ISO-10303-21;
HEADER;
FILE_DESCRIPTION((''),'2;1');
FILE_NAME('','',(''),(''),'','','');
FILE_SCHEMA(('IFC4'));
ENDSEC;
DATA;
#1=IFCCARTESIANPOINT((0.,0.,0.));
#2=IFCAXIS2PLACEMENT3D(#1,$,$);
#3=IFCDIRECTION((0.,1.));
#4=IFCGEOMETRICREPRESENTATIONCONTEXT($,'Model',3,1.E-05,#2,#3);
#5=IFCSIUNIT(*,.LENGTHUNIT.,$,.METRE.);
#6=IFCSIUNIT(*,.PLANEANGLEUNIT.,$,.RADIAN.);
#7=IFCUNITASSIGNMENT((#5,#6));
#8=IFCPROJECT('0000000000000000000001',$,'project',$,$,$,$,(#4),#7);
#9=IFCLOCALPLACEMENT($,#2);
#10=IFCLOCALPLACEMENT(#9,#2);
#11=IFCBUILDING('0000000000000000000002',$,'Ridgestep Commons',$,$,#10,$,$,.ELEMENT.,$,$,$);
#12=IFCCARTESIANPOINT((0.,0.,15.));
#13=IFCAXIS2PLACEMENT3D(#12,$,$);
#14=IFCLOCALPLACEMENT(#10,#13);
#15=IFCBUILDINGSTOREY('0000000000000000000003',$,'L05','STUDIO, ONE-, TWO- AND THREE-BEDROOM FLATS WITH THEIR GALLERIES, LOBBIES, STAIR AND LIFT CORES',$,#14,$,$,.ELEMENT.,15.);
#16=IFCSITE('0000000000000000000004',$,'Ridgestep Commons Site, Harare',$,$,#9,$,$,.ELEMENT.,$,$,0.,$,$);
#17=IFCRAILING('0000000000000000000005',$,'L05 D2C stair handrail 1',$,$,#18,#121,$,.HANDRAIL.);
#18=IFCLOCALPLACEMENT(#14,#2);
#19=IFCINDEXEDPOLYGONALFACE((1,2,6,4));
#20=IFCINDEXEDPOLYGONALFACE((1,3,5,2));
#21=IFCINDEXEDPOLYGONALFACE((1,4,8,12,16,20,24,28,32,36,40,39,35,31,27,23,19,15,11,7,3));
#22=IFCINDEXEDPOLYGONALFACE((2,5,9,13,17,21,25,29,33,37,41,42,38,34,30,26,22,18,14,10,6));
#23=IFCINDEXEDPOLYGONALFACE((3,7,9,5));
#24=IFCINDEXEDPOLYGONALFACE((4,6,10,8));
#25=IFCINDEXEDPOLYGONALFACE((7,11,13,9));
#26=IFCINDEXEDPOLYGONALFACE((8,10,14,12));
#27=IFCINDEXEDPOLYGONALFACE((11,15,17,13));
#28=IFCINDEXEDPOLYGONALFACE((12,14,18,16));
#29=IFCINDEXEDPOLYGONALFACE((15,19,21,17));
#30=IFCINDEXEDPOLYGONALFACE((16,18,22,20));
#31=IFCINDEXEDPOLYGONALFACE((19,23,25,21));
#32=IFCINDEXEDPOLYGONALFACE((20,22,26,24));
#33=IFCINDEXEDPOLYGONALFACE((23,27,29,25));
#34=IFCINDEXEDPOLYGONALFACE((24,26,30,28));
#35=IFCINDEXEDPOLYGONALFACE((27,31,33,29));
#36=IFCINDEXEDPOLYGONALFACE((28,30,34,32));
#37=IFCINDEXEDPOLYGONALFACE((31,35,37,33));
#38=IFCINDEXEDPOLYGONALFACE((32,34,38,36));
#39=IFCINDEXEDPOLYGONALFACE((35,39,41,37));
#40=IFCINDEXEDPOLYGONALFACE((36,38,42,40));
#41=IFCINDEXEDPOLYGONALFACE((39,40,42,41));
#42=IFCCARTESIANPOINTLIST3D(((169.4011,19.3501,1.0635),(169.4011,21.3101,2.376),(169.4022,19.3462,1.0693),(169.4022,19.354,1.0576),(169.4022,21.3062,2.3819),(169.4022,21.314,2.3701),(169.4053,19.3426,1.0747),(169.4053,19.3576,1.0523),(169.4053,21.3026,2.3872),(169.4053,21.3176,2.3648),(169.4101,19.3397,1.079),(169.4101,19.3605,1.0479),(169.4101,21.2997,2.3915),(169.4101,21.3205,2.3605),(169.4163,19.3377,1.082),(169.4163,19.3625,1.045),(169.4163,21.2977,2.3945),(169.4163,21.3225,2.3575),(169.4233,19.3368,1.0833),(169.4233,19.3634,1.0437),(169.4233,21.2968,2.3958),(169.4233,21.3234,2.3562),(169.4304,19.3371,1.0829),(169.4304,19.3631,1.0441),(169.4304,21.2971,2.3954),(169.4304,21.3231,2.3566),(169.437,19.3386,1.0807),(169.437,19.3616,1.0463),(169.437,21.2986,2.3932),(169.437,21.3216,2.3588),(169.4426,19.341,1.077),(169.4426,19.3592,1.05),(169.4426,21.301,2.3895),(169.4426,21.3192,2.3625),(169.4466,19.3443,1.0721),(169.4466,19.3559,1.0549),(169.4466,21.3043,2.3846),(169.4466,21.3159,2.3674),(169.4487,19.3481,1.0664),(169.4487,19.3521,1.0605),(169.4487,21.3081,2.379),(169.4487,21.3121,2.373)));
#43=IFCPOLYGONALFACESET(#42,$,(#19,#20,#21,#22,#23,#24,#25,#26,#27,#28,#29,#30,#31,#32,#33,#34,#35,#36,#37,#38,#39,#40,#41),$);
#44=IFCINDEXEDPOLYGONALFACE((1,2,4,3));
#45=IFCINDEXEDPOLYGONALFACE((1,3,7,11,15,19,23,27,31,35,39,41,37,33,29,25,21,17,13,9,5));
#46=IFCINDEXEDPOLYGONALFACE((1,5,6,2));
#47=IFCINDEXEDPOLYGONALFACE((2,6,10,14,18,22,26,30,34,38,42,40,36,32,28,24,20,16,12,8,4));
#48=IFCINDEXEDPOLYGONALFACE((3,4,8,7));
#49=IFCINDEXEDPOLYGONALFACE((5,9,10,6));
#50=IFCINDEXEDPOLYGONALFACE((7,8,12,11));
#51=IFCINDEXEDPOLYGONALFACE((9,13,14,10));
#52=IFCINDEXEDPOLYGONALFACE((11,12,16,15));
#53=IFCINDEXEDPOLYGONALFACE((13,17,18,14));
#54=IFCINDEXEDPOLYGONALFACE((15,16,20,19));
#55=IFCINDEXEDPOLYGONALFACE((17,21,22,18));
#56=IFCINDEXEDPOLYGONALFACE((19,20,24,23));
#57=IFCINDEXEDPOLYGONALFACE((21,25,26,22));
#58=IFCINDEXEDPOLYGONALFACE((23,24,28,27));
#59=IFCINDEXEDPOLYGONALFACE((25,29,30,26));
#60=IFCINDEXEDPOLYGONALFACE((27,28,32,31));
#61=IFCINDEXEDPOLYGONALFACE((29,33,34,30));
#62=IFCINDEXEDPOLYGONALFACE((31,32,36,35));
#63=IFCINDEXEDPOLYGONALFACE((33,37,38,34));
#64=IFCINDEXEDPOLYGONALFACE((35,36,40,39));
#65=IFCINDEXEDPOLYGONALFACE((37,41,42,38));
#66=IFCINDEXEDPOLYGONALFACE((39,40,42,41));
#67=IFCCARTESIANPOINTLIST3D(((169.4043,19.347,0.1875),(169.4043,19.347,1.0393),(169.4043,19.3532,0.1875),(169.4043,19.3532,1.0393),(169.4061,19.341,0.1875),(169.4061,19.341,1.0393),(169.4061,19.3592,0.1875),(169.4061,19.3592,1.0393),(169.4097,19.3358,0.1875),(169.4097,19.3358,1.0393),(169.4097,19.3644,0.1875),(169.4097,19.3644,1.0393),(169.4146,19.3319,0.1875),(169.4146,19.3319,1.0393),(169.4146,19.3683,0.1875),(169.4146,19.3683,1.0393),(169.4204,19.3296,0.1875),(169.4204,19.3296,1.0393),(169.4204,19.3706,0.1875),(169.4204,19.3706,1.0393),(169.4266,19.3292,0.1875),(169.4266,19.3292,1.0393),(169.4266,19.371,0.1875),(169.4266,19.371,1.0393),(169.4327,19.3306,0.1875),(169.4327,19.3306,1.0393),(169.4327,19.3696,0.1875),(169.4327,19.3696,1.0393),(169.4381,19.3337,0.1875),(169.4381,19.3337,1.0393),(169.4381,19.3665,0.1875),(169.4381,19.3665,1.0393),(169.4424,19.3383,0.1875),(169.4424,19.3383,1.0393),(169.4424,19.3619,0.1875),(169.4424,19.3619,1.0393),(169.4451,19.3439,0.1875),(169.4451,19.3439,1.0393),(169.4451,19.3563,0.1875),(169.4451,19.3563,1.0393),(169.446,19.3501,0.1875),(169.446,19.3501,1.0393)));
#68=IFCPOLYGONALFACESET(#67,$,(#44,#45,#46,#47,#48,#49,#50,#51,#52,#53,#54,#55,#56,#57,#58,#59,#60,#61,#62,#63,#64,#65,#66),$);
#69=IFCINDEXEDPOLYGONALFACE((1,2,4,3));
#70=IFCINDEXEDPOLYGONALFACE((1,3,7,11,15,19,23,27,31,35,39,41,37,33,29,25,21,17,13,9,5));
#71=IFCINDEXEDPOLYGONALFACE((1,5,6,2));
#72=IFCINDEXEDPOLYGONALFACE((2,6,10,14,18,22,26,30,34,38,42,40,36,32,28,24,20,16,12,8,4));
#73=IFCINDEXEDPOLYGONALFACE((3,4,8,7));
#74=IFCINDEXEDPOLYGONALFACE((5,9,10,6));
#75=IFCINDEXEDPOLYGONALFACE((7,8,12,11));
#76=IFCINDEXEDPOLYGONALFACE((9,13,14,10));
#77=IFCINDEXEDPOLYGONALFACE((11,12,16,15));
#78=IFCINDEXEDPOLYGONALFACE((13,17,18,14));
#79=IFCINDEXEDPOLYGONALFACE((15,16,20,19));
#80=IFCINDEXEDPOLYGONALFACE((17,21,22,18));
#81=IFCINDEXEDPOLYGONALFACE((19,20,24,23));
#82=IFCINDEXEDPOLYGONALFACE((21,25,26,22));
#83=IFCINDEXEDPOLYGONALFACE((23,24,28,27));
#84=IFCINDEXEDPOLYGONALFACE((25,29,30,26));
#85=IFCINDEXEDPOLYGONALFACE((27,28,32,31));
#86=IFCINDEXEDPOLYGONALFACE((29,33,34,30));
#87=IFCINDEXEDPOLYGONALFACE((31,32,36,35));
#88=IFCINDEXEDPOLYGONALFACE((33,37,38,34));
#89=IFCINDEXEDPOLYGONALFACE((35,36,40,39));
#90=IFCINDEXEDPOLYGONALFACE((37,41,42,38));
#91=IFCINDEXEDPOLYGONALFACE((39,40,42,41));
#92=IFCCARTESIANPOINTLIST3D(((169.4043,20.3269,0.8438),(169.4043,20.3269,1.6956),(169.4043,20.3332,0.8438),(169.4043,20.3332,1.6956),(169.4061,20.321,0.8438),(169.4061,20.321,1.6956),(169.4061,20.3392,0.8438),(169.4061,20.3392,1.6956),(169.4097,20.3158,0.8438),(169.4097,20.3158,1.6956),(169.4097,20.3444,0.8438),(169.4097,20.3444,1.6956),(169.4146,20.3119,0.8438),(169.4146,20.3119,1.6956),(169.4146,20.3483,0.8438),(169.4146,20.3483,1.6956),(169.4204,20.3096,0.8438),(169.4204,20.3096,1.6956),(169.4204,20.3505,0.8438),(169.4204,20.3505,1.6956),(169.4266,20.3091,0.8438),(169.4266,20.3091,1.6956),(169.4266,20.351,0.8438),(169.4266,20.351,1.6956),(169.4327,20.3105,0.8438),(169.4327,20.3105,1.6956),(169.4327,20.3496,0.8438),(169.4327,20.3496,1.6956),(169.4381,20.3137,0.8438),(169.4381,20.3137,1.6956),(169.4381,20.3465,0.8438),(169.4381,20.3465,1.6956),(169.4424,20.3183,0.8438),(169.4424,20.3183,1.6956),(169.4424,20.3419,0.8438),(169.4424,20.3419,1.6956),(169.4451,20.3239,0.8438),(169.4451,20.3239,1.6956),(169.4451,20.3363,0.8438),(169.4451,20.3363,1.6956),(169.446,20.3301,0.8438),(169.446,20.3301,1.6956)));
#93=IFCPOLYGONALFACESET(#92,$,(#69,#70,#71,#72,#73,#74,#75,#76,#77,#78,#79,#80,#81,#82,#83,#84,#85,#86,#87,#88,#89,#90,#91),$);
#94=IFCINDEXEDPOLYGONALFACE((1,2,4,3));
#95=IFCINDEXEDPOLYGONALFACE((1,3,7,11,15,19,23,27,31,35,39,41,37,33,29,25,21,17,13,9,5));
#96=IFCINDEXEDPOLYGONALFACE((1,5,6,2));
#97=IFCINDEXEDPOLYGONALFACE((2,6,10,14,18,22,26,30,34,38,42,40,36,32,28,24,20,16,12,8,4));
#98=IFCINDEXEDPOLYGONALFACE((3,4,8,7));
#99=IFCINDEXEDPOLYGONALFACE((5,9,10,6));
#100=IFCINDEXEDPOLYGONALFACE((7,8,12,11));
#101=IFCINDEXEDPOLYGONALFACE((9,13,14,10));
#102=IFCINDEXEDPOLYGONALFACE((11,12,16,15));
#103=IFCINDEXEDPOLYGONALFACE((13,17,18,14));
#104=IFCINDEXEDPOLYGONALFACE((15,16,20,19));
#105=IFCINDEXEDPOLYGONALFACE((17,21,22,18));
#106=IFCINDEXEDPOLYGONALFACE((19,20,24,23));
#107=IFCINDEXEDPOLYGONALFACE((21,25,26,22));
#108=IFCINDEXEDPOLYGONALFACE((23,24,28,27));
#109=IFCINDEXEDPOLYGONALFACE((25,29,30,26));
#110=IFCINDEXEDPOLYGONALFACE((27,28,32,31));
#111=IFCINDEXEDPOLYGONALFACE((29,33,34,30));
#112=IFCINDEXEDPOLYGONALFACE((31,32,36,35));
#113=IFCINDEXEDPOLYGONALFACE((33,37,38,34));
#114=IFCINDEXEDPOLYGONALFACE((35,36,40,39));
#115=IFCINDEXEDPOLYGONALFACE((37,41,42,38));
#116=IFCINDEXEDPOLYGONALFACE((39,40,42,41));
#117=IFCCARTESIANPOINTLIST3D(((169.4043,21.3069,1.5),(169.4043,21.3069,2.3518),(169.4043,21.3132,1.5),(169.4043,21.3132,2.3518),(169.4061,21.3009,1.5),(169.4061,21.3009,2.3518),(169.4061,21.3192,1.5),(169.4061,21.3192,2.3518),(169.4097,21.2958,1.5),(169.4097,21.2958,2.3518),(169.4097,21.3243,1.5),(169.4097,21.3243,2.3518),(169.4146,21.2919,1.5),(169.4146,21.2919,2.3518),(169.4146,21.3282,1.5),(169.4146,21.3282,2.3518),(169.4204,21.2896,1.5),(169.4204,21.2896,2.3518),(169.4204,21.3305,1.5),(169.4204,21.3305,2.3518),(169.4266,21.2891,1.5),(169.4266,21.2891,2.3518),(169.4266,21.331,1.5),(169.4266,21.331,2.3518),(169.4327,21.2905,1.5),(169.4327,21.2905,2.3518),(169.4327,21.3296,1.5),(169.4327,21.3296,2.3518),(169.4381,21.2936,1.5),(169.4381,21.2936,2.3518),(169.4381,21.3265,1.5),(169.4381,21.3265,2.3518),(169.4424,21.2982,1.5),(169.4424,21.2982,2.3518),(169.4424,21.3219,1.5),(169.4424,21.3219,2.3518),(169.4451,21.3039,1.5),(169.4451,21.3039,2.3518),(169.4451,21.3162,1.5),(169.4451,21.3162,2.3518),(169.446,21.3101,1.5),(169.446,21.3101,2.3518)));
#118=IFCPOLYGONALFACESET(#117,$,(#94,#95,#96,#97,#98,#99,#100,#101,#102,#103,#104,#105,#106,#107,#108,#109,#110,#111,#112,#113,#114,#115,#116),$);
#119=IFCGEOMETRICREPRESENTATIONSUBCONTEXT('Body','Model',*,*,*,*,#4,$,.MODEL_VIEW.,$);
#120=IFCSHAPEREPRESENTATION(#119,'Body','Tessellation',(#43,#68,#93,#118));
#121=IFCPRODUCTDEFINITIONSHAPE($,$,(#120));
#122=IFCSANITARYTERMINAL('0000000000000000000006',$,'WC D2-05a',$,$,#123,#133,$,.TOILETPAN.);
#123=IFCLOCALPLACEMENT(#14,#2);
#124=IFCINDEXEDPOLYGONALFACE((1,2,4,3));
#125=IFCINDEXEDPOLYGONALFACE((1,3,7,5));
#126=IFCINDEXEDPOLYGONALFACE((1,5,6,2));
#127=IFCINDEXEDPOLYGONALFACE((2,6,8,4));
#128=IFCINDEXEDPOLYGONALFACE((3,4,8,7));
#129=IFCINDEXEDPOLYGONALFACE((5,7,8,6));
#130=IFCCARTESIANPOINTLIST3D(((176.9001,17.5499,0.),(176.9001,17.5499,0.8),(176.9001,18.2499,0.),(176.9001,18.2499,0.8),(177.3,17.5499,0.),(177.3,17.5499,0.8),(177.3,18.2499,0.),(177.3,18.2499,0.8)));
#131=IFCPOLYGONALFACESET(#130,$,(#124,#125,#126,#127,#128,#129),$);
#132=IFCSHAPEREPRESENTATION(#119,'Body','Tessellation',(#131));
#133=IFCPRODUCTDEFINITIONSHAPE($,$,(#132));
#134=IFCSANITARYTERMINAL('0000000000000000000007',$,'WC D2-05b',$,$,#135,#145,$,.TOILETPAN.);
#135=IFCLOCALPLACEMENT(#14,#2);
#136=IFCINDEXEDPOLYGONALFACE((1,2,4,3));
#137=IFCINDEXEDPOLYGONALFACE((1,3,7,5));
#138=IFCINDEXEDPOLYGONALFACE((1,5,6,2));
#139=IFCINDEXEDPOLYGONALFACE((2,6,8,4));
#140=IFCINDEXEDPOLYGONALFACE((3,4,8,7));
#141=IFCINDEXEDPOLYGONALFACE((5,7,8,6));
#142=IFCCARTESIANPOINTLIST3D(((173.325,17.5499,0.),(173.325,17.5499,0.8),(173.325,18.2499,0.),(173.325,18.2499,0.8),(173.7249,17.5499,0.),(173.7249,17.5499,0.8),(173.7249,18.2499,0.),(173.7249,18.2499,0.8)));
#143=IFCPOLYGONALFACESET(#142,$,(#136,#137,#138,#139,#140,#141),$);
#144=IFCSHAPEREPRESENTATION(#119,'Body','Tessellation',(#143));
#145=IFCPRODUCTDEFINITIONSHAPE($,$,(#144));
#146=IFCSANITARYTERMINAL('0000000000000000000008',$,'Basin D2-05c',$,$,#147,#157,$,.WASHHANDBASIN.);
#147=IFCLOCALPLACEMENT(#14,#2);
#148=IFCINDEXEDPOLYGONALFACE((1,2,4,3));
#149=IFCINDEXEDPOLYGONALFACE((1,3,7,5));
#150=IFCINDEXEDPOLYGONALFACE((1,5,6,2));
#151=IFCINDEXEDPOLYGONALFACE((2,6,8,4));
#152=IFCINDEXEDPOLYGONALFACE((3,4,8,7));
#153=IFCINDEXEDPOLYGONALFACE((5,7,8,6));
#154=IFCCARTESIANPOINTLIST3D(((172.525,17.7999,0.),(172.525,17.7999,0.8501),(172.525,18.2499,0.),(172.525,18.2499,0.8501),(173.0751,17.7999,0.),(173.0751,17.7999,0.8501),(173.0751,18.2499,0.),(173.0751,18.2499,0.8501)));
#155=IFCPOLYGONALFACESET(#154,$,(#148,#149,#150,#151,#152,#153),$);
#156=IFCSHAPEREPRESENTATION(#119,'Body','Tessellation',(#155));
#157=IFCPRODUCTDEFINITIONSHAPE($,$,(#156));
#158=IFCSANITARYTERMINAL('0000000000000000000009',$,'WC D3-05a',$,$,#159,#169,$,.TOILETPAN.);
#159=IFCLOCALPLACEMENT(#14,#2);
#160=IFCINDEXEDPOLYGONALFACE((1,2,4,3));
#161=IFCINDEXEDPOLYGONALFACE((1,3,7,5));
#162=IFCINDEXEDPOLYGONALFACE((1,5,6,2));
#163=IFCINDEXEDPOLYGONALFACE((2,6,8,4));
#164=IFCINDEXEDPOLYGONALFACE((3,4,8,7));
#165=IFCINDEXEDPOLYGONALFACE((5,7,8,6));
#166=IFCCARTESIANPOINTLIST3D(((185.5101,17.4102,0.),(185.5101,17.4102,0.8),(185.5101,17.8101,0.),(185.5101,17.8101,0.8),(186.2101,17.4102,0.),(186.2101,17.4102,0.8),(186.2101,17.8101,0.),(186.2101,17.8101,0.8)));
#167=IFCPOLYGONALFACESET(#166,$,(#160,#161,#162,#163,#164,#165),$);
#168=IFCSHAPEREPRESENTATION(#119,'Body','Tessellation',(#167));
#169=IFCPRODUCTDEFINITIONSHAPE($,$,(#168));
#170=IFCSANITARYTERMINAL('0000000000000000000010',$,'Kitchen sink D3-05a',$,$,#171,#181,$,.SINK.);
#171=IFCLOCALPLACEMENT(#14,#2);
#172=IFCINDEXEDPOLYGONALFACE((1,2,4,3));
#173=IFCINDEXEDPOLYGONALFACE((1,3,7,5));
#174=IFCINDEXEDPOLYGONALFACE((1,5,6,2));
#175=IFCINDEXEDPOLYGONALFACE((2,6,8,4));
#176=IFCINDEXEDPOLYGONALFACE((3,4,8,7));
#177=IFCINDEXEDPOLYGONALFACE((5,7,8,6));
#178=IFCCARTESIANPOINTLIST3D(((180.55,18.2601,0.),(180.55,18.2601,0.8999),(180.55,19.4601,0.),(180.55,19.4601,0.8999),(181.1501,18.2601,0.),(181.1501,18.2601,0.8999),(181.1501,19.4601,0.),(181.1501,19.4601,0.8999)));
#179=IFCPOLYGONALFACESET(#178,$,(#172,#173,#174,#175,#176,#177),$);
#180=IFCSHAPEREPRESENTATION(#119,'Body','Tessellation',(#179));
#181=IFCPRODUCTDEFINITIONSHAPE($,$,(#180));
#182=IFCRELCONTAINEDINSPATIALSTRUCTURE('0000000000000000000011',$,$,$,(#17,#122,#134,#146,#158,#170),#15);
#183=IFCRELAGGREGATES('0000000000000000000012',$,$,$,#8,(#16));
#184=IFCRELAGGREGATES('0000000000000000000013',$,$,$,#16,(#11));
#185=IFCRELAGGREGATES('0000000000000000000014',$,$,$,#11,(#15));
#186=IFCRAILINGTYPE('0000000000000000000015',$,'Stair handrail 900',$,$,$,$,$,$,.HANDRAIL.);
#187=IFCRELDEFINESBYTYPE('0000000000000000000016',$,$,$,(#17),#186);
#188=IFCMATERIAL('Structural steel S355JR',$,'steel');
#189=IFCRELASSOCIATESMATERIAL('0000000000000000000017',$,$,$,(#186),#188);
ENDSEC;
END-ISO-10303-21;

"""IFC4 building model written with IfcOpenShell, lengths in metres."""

from ifc_helpers import new_model, si_unit, direction, frame, origin, origin_2d, place, context, subcontext, project, spatial, rectangle, circle, extrude, material, type_object, element, save


model = new_model("IFC4")

# Units and contexts
model_context = context("Model", 3, precision=1e-05, world=origin(), true_north=direction((0.0, 1.0)))
body_context = subcontext(model_context, "Body", "Model", "MODEL_VIEW")
ifc_project = project(units=[si_unit("LENGTHUNIT", "METRE"), si_unit("PLANEANGLEUNIT", "RADIAN")], contexts=[model_context])

# Site, building, storey
site_placement = place(None, origin())
site = spatial("IfcSite", under=ifc_project, at=site_placement, Name="Ridgestep Commons Site, Harare", CompositionType="ELEMENT", RefElevation=0.0)
building_placement = place(site_placement, origin())
building = spatial("IfcBuilding", under=site, at=building_placement, Name="Ridgestep Commons", CompositionType="ELEMENT")
storey_placement = place(building_placement, frame((0.0, 0.0, 15.0)))
storey = spatial("IfcBuildingStorey", under=building, at=storey_placement, Name="L05", Description="STUDIO, ONE-, TWO- AND THREE-BEDROOM FLATS WITH THEIR GALLERIES, LOBBIES, STAIR AND LIFT CORES", CompositionType="ELEMENT", Elevation=15.0)

# Railing
ifc_material_1 = material(Name="Structural steel S355JR", Category="steel")
railing_type_1 = type_object("IfcRailingType", Name="Stair handrail 900", PredefinedType="HANDRAIL", material=ifc_material_1)
railing_1_placement = place(storey_placement, frame((169.425, 19.3501, 0.1875)))
element("IfcRailing", 1, at=railing_1_placement, inside=storey, type_object=railing_type_1, Name="L05 D2C stair handrail 1", PredefinedType="HANDRAIL", context=body_context, shape_type="SweptSolid", body=[
    extrude(circle(Radius=0.0239, at=origin_2d()), frame((0.0, 0.0, 0.876), z_axis=(0.0, 0.830902, 0.556419), x_axis=(-1.0, 0.0, 0.0)), (0.0, 0.0, 1.0), 2.3589),
    extrude(circle(Radius=0.021, at=origin_2d()), origin(), (0.0, 0.0, 1.0), 0.8518),
    extrude(circle(Radius=0.021, at=origin_2d()), frame((0.0, 0.98, 0.6562)), (0.0, 0.0, 1.0), 0.8518),
    extrude(circle(Radius=0.021, at=origin_2d()), frame((0.0, 1.96, 1.3125)), (0.0, 0.0, 1.0), 0.8518),
])

# Sanitary terminals
for number, where, z_axis, x_axis, name in (
    (2, (177.1001, 17.8999, 0.0), (0.0, 0.0, 1.0), (1.0, 0.0, 0.0), "WC D2-05a"),
    (3, (173.5249, 17.8999, 0.0), (0.0, 0.0, 1.0), (1.0, 0.0, 0.0), "WC D2-05b"),
):
    element("IfcSanitaryTerminal", number, at=place(storey_placement, frame(where, z_axis=z_axis, x_axis=x_axis)), inside=storey, Name=name, PredefinedType="TOILETPAN", context=body_context, shape_type="SweptSolid", body=[
        extrude(rectangle(XDim=0.3999, YDim=0.7, at=origin_2d()), origin(), (0.0, 0.0, 1.0), 0.8),
    ])
sanitary_terminal_1_placement = place(storey_placement, frame((172.8, 18.0249, 0.0), z_axis=(0.0, 0.0, 1.0), x_axis=(1.0, 0.0, 0.0)))
element("IfcSanitaryTerminal", 4, at=sanitary_terminal_1_placement, inside=storey, Name="Basin D2-05c", PredefinedType="WASHHANDBASIN", context=body_context, shape_type="SweptSolid", body=[
    extrude(rectangle(XDim=0.55, YDim=0.45, at=origin_2d()), origin(), (0.0, 0.0, 1.0), 0.8501),
])
sanitary_terminal_2_placement = place(storey_placement, frame((185.8601, 17.6101, 0.0), z_axis=(0.0, 0.0, 1.0), x_axis=(1.0, 0.0, 0.0)))
element("IfcSanitaryTerminal", 5, at=sanitary_terminal_2_placement, inside=storey, Name="WC D3-05a", PredefinedType="TOILETPAN", context=body_context, shape_type="SweptSolid", body=[
    extrude(rectangle(XDim=0.7, YDim=0.3999, at=origin_2d()), origin(), (0.0, 0.0, 1.0), 0.8),
])
sanitary_terminal_3_placement = place(storey_placement, frame((180.8501, 18.8601, 0.0), z_axis=(0.0, 0.0, 1.0), x_axis=(1.0, 0.0, 0.0)))
element("IfcSanitaryTerminal", 6, at=sanitary_terminal_3_placement, inside=storey, Name="Kitchen sink D3-05a", PredefinedType="SINK", context=body_context, shape_type="SweptSolid", body=[
    extrude(rectangle(XDim=0.6001, YDim=1.2, at=origin_2d()), origin(), (0.0, 0.0, 1.0), 0.8999),
])

save(model, "model.ifc")
